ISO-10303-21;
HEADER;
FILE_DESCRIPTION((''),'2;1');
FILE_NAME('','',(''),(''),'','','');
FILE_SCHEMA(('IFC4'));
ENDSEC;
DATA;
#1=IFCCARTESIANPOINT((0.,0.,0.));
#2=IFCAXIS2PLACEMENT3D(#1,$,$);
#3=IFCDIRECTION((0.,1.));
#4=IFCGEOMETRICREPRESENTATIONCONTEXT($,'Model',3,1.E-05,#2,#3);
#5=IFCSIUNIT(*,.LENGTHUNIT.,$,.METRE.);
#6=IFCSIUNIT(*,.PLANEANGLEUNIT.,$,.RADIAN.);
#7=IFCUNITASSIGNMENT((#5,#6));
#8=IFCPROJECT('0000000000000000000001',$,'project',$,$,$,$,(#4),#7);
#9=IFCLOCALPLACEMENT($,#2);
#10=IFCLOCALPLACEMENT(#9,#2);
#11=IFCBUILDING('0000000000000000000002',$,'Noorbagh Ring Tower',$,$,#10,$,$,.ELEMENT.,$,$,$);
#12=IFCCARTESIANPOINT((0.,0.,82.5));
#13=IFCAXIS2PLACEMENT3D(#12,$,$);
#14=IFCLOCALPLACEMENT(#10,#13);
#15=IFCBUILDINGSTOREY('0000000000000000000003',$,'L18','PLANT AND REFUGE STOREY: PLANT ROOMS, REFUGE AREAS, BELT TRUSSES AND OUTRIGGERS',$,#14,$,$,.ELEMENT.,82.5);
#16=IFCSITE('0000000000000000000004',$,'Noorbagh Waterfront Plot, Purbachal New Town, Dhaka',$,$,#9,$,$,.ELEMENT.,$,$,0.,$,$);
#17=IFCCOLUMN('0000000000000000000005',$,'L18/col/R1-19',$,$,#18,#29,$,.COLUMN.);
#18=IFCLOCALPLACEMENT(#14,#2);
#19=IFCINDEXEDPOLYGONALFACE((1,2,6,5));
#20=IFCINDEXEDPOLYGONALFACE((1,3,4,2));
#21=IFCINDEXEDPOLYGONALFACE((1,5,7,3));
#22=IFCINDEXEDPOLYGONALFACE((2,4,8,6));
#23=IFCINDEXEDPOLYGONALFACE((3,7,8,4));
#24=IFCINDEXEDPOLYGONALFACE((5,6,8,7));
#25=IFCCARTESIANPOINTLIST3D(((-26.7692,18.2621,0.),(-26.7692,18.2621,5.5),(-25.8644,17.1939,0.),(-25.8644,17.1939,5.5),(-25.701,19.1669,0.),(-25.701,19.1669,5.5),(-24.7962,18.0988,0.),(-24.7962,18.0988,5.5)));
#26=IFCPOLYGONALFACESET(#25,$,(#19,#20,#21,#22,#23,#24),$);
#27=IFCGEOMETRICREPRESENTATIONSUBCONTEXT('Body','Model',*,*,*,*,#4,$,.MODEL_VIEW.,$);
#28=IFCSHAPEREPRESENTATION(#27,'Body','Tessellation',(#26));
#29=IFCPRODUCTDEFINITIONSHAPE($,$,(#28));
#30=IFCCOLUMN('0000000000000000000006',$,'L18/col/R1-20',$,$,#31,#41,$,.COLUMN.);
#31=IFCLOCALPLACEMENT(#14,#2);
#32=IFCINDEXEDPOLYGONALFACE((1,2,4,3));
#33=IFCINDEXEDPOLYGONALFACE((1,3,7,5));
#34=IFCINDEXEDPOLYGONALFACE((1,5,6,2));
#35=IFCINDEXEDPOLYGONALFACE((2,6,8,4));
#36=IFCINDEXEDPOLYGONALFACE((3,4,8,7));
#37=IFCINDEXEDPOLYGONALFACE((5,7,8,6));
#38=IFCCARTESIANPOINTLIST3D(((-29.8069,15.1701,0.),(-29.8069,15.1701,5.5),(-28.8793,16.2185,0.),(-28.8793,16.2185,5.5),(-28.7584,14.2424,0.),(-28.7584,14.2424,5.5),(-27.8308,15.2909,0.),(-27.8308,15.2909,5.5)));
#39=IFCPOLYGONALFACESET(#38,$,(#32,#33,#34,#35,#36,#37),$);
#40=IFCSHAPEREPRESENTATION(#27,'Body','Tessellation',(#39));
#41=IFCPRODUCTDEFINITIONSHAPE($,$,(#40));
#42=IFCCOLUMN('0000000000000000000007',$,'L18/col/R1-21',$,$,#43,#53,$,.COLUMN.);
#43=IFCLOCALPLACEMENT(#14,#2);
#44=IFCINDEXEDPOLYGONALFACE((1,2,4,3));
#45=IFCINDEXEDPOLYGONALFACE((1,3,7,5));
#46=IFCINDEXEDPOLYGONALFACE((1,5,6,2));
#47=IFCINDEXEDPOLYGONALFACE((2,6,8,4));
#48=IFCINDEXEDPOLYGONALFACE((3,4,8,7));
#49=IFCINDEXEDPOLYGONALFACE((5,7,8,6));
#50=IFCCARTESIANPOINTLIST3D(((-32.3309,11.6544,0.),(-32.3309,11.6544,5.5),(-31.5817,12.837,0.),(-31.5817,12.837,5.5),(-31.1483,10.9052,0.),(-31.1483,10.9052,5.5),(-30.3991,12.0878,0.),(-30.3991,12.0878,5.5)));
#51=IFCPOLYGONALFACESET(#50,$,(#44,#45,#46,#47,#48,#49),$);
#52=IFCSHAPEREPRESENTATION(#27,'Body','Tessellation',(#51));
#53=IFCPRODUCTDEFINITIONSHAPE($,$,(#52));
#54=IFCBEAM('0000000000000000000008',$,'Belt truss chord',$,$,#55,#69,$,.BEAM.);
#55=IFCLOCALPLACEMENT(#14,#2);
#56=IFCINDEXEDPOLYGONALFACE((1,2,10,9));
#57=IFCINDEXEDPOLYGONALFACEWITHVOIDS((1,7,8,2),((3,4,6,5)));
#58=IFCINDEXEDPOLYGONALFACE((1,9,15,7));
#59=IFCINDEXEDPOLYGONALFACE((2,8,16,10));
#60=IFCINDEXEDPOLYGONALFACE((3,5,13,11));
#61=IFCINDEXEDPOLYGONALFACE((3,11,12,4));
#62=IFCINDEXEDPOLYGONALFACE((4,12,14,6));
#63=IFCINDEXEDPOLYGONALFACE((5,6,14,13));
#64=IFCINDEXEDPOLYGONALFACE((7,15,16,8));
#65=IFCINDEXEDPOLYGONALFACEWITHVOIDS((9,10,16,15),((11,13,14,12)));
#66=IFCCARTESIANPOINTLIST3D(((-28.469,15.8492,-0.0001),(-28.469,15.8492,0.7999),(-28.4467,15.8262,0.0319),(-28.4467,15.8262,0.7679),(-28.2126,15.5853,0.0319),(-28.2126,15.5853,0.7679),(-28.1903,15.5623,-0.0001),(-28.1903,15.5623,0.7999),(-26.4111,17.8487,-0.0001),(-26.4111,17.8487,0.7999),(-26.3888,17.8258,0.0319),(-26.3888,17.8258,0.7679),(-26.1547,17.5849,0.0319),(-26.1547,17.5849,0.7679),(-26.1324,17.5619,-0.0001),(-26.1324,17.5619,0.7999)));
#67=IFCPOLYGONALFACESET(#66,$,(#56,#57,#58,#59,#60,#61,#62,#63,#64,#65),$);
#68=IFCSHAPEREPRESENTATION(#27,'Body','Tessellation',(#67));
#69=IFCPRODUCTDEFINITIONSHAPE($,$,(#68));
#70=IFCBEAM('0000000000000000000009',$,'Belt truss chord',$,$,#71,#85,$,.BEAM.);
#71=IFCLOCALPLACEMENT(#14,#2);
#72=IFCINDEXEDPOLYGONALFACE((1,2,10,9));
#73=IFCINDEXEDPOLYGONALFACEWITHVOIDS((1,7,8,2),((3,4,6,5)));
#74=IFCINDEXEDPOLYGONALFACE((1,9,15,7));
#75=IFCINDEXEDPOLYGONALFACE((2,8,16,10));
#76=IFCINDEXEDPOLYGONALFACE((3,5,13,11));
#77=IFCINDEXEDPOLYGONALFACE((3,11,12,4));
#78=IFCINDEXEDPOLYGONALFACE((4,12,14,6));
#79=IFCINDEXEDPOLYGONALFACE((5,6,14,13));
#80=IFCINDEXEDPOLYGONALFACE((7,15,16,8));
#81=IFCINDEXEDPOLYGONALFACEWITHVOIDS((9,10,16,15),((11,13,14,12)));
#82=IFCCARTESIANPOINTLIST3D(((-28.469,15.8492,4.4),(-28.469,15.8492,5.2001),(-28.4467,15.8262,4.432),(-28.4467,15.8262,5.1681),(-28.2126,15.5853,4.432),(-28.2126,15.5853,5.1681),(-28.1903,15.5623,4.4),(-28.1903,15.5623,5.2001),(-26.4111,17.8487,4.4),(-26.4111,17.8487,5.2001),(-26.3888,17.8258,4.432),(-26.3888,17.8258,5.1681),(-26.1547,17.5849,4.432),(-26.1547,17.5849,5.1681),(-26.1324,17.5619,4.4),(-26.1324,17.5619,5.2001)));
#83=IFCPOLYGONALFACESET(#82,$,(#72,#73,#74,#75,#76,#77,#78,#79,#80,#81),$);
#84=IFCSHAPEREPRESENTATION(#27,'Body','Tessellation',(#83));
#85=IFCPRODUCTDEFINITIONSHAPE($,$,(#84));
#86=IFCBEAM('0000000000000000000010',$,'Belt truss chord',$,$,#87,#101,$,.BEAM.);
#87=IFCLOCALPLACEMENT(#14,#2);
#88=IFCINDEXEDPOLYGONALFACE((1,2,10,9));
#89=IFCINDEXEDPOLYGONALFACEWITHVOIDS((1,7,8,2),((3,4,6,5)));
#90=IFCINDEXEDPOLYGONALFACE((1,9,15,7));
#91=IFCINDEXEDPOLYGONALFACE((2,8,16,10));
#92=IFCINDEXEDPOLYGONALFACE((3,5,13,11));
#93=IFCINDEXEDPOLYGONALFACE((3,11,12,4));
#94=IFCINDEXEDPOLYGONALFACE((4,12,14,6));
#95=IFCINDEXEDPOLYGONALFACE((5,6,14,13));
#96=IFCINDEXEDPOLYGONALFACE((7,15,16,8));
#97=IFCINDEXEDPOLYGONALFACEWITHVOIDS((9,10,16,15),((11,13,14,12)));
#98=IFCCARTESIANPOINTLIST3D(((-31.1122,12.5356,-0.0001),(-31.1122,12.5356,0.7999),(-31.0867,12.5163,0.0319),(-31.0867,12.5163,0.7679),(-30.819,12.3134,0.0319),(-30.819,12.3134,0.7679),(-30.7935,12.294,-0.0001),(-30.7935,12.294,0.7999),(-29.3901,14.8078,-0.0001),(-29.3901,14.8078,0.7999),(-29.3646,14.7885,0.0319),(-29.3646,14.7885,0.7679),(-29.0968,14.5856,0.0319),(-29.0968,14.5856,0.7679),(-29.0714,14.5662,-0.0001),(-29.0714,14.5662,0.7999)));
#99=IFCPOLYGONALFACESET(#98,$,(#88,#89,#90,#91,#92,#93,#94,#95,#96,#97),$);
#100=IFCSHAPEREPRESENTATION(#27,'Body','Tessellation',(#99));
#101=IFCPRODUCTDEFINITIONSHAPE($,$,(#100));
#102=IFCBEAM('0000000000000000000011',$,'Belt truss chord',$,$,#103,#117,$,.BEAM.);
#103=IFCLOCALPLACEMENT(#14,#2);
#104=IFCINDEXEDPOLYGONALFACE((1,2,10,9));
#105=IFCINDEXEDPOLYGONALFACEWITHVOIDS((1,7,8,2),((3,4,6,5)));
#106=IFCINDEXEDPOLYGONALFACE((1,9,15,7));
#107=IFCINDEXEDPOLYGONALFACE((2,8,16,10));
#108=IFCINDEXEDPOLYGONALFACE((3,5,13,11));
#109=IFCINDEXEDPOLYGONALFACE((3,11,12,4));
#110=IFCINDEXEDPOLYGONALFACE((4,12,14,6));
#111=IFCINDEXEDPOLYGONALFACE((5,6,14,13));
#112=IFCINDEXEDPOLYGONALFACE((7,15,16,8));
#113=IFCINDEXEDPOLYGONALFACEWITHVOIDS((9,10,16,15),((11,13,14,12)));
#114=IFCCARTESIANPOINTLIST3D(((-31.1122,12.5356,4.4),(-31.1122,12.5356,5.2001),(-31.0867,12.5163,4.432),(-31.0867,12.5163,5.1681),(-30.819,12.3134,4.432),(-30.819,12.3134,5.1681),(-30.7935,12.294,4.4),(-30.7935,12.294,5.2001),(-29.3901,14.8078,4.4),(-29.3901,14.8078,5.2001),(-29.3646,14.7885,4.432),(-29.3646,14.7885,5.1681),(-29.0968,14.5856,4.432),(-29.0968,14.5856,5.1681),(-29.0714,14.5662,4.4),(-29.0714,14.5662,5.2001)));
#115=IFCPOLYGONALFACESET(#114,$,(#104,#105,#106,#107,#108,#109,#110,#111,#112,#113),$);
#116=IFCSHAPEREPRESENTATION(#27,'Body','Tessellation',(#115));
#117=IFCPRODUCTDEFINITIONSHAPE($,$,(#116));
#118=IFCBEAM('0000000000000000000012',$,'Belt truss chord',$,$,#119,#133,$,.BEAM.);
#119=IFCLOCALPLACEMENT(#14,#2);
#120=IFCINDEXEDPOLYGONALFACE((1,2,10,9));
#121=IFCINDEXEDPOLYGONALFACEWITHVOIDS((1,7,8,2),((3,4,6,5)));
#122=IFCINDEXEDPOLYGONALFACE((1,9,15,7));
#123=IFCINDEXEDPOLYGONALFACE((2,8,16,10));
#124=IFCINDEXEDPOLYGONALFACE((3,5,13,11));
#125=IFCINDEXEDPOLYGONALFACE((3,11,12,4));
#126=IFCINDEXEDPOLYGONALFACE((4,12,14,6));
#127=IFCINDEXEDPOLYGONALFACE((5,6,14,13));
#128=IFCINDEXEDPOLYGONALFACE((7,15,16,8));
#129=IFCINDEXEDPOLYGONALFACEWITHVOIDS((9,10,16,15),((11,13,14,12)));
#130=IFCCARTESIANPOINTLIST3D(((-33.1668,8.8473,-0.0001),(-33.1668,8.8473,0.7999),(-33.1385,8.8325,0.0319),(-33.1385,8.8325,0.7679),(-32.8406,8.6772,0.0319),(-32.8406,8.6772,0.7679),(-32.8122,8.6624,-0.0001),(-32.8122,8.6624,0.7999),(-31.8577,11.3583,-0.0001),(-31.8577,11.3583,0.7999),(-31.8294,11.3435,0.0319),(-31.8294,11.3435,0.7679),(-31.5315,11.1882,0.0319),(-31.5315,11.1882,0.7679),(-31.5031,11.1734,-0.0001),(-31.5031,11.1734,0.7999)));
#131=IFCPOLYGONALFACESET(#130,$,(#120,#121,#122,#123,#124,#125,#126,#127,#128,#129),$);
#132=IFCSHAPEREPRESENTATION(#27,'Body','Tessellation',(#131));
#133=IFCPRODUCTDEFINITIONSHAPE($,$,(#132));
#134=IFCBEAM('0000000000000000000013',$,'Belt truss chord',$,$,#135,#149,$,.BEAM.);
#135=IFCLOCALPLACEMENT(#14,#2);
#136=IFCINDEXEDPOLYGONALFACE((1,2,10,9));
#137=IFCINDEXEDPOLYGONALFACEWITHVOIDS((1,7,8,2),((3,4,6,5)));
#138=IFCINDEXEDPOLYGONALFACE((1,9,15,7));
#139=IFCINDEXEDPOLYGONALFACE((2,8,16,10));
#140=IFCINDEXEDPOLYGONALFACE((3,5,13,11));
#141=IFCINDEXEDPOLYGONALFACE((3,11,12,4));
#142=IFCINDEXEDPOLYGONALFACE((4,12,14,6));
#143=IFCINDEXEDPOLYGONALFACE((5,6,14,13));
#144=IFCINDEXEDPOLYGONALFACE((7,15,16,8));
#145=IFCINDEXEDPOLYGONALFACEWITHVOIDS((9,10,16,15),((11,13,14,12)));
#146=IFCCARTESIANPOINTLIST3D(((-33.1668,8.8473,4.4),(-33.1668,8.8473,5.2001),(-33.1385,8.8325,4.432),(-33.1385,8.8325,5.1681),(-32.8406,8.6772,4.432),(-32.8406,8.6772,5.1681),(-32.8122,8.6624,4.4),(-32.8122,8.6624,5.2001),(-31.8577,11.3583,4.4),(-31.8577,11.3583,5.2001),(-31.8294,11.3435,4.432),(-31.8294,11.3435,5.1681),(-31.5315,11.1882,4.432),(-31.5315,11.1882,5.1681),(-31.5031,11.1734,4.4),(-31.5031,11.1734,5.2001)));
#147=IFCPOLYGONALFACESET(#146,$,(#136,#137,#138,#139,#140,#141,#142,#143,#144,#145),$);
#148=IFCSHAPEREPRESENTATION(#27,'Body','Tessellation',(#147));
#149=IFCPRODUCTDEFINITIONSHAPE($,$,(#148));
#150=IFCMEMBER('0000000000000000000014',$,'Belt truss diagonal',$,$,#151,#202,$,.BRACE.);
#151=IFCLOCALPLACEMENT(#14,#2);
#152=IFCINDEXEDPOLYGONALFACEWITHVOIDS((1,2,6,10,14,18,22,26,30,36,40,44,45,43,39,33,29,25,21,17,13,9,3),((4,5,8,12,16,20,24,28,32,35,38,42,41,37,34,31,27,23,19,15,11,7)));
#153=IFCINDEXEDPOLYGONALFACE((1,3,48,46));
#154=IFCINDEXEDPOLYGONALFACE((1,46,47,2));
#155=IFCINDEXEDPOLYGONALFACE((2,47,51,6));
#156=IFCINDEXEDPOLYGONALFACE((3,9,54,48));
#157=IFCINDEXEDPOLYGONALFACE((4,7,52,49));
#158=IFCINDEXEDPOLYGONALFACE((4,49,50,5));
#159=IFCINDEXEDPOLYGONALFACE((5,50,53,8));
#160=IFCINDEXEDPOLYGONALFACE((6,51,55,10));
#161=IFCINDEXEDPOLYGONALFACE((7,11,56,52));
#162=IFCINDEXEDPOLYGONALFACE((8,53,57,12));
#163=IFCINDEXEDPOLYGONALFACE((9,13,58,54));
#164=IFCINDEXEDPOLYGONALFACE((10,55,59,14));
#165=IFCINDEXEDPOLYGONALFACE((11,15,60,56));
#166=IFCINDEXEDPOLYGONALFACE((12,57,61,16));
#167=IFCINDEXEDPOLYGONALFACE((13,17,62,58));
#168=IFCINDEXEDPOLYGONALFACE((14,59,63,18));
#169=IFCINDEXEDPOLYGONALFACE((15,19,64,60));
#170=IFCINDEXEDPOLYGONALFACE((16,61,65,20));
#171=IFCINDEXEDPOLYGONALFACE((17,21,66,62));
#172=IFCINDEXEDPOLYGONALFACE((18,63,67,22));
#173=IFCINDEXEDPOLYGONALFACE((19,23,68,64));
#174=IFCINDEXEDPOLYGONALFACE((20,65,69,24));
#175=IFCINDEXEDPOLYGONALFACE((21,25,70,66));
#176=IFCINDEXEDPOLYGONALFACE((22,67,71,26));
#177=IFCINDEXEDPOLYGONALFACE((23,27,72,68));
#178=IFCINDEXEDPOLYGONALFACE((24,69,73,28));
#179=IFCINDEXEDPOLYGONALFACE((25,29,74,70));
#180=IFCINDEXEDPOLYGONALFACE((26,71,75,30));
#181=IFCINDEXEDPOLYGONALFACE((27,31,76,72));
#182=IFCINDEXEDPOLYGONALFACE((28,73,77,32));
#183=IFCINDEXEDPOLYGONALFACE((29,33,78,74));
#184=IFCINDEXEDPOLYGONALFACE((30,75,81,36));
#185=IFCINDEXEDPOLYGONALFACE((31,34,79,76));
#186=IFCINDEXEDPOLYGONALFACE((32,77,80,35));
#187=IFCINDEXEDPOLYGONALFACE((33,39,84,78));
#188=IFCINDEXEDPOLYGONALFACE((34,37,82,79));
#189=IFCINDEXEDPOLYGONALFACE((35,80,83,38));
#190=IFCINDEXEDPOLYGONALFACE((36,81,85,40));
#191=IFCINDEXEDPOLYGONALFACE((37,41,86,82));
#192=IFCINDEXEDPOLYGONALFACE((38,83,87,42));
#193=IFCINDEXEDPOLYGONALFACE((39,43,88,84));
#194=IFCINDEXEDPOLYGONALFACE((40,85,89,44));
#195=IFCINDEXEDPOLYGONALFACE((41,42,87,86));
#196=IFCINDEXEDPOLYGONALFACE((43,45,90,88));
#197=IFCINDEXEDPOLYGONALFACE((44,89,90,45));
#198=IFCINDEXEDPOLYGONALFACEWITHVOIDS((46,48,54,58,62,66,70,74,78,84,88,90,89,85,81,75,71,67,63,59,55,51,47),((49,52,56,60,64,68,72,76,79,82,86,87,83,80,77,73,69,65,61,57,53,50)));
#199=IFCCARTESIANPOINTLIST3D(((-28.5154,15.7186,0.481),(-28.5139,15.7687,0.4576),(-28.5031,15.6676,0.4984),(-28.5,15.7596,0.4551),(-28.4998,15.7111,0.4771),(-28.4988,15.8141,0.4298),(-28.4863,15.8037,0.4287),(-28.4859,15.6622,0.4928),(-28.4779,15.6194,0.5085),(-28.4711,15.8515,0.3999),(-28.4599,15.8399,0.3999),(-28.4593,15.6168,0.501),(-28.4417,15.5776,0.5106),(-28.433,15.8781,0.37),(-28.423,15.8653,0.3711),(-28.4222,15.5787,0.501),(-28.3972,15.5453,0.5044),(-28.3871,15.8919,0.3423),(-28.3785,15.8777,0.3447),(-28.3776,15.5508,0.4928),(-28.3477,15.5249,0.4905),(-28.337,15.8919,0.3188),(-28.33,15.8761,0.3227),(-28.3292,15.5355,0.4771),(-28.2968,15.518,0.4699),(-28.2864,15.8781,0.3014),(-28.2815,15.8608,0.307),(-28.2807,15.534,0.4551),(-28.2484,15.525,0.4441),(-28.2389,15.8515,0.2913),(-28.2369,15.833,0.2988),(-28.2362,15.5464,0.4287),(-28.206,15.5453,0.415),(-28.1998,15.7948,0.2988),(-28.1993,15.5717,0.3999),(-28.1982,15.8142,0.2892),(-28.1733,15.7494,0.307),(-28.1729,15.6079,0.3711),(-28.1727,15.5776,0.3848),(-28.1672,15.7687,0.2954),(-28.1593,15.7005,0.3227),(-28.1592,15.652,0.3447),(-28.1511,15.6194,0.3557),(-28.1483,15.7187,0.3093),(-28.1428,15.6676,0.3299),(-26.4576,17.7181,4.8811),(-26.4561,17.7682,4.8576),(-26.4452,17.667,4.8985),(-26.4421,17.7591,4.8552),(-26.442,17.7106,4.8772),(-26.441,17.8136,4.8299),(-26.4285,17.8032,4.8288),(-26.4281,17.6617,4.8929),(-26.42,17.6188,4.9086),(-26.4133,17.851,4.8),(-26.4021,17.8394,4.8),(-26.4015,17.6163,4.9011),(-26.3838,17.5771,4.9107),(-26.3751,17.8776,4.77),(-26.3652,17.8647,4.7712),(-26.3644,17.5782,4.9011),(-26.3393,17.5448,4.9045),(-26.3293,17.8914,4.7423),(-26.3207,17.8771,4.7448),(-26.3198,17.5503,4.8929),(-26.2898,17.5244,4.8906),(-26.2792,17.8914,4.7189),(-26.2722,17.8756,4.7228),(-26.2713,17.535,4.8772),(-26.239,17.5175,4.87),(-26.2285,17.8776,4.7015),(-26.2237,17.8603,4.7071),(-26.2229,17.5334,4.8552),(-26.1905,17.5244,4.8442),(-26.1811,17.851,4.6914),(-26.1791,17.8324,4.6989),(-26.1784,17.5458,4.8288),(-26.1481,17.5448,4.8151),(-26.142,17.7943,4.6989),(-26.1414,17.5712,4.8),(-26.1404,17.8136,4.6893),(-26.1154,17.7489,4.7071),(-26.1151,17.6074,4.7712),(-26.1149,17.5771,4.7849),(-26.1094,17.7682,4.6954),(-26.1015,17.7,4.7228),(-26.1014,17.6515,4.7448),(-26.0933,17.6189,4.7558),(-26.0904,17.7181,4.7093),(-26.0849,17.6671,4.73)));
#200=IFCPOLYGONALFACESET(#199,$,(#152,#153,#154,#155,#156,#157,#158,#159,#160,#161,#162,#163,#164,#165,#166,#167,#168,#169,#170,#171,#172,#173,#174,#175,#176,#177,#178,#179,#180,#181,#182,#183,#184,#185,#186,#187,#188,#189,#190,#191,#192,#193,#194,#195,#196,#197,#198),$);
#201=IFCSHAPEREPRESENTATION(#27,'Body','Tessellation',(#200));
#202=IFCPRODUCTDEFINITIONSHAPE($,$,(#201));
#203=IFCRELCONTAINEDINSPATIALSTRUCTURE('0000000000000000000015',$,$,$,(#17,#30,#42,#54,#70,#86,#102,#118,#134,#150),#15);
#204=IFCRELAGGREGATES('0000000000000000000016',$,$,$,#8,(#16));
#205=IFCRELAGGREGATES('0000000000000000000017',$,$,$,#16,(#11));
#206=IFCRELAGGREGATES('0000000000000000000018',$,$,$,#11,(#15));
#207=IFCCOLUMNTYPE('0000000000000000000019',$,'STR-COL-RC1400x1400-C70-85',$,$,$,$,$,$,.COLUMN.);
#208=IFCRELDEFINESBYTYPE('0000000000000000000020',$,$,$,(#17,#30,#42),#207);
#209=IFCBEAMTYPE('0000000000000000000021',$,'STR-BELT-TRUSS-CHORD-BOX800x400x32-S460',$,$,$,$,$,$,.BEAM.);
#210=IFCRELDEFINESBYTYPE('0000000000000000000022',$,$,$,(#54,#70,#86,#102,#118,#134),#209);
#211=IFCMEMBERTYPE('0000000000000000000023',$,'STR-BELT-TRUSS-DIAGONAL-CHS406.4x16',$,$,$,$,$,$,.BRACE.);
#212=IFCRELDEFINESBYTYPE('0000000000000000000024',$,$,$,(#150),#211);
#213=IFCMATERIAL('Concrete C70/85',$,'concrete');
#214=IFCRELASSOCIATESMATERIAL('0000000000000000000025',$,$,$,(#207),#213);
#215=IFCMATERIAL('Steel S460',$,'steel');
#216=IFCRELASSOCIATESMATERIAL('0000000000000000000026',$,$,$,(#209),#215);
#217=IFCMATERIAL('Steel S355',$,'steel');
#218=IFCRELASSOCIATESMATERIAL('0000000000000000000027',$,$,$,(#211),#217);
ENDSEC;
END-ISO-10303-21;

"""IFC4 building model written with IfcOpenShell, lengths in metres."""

from ifc_helpers import new_model, si_unit, direction, frame, origin, origin_2d, place, context, subcontext, project, spatial, rectangle, hollow_rectangle, hollow_circle, extrude, material, material_profile, profile_set, type_object, element, save


model = new_model("IFC4")

# Units and contexts
model_context = context("Model", 3, precision=1e-05, world=origin(), true_north=direction((0.0, 1.0)))
body_context = subcontext(model_context, "Body", "Model", "MODEL_VIEW")
ifc_project = project(units=[si_unit("LENGTHUNIT", "METRE"), si_unit("PLANEANGLEUNIT", "RADIAN")], contexts=[model_context])

# Site, building, storey
site_placement = place(None, origin())
site = spatial("IfcSite", under=ifc_project, at=site_placement, Name="Noorbagh Waterfront Plot, Purbachal New Town, Dhaka", CompositionType="ELEMENT", RefElevation=0.0)
building_placement = place(site_placement, origin())
building = spatial("IfcBuilding", under=site, at=building_placement, Name="Noorbagh Ring Tower", CompositionType="ELEMENT")
storey_placement = place(building_placement, frame((0.0, 0.0, 82.5)))
storey = spatial("IfcBuildingStorey", under=building, at=storey_placement, Name="L18", Description="PLANT AND REFUGE STOREY: PLANT ROOMS, REFUGE AREAS, BELT TRUSSES AND OUTRIGGERS", CompositionType="ELEMENT", Elevation=82.5)

# Columns
ifc_material_1 = material(Name="Concrete C70/85", Category="concrete")
ifc_material_profile_1 = material_profile(ifc_material_1, rectangle(XDim=1.3999, YDim=1.3999, at=origin_2d()), Name="RC1400x1400")
ifc_profile_set_1 = profile_set([ifc_material_profile_1], Name="Concrete C70/85")
column_type = type_object("IfcColumnType", Name="STR-COL-RC1400x1400-C70-85", PredefinedType="COLUMN", material=ifc_profile_set_1)
for number, where, z_axis, x_axis, name in (
    (1, (-25.7827, 18.1804, 0.0), (0.0, 0.0, 1.0), (-0.763035, -0.646357, 0.0), "L18/col/R1-19"),
    (2, (-28.8188, 15.2305, 0.0), (0.0, 0.0, 1.0), (-0.662636, -0.748942, 0.0), "L18/col/R1-20"),
    (3, (-31.365, 11.8711, 0.0), (0.0, 0.0, 1.0), (-0.53519, -0.844731, 0.0), "L18/col/R1-21"),
):
    element("IfcColumn", number, at=place(storey_placement, frame(where, z_axis=z_axis, x_axis=x_axis)), inside=storey, type_object=column_type, Name=name, PredefinedType="COLUMN", context=body_context, shape_type="SweptSolid", body=[
        extrude(rectangle(XDim=1.3999, YDim=1.3999, at=origin_2d()), origin(), (0.0, 0.0, 1.0), 5.5),
    ])

# Beams
ifc_material_2 = material(Name="Steel S460", Category="steel")
ifc_material_profile_2 = material_profile(ifc_material_2, hollow_rectangle(XDim=0.3999, YDim=0.8, WallThickness=0.032, at=origin_2d()), Name="BOX800x400x32")
ifc_profile_set_2 = profile_set([ifc_material_profile_2], Name="Steel S460")
beam_type_1 = type_object("IfcBeamType", Name="STR-BELT-TRUSS-CHORD-BOX800x400x32-S460", PredefinedType="BEAM", material=ifc_profile_set_2)
for number, where, z_axis, x_axis, name in (
    (4, (-26.2717, 17.7053, 0.3999), (-0.717202, -0.696866, 0.0), (0.696866, -0.717202, 0.0), "Belt truss chord"),
    (5, (-26.2717, 17.7053, 4.8), (-0.717202, -0.696866, 0.0), (0.696866, -0.717202, 0.0), "Belt truss chord"),
):
    element("IfcBeam", number, at=place(storey_placement, frame(where, z_axis=z_axis, x_axis=x_axis)), inside=storey, type_object=beam_type_1, Name=name, PredefinedType="BEAM", context=body_context, shape_type="SweptSolid", body=[
        extrude(hollow_rectangle(XDim=0.3999, YDim=0.8, WallThickness=0.032, at=origin_2d()), origin(), (0.0, 0.0, 1.0), 2.8694),
    ])
for number, where, z_axis, x_axis, name in (
    (6, (-29.2307, 14.687, 0.3999), (-0.604034, -0.796958, 0.0), (0.796958, -0.604034, 0.0), "Belt truss chord"),
    (7, (-29.2307, 14.687, 4.8), (-0.604034, -0.796958, 0.0), (0.796958, -0.604034, 0.0), "Belt truss chord"),
):
    element("IfcBeam", number, at=place(storey_placement, frame(where, z_axis=z_axis, x_axis=x_axis)), inside=storey, type_object=beam_type_1, Name=name, PredefinedType="BEAM", context=body_context, shape_type="SweptSolid", body=[
        extrude(hollow_rectangle(XDim=0.3999, YDim=0.8, WallThickness=0.032, at=origin_2d()), origin(), (0.0, 0.0, 1.0), 2.8511),
    ])
for number, where, z_axis, x_axis, name in (
    (8, (-31.6804, 11.2659, 0.3999), (-0.462289, -0.886729, 0.0), (0.886729, -0.462289, 0.0), "Belt truss chord"),
    (9, (-31.6804, 11.2659, 4.8), (-0.462289, -0.886729, 0.0), (0.886729, -0.462289, 0.0), "Belt truss chord"),
):
    element("IfcBeam", number, at=place(storey_placement, frame(where, z_axis=z_axis, x_axis=x_axis)), inside=storey, type_object=beam_type_1, Name=name, PredefinedType="BEAM", context=body_context, shape_type="SweptSolid", body=[
        extrude(hollow_rectangle(XDim=0.3999, YDim=0.8, WallThickness=0.032, at=origin_2d()), origin(), (0.0, 0.0, 1.0), 2.8318),
    ])

# Member
ifc_material_3 = material(Name="Steel S355", Category="steel")
ifc_material_profile_3 = material_profile(ifc_material_3, hollow_circle(Radius=0.2031, WallThickness=0.0161, at=origin_2d()), Name="CHS406.4x16")
ifc_profile_set_3 = profile_set([ifc_material_profile_3], Name="Steel S355")
member_type = type_object("IfcMemberType", Name="STR-BELT-TRUSS-DIAGONAL-CHS406.4x16", PredefinedType="BRACE", material=ifc_profile_set_3)
member_1_placement = place(storey_placement, frame((-28.3296, 15.7058, 0.3999), z_axis=(0.391749, 0.380641, 0.837643), x_axis=(-0.696866, 0.717202, 0.0)))
element("IfcMember", 10, at=member_1_placement, inside=storey, type_object=member_type, Name="Belt truss diagonal", PredefinedType="BRACE", context=body_context, shape_type="SweptSolid", body=[
    extrude(hollow_circle(Radius=0.2031, WallThickness=0.0161, at=origin_2d()), origin(), (0.0, 0.0, 1.0), 5.2529),
])

save(model, "model.ifc")
